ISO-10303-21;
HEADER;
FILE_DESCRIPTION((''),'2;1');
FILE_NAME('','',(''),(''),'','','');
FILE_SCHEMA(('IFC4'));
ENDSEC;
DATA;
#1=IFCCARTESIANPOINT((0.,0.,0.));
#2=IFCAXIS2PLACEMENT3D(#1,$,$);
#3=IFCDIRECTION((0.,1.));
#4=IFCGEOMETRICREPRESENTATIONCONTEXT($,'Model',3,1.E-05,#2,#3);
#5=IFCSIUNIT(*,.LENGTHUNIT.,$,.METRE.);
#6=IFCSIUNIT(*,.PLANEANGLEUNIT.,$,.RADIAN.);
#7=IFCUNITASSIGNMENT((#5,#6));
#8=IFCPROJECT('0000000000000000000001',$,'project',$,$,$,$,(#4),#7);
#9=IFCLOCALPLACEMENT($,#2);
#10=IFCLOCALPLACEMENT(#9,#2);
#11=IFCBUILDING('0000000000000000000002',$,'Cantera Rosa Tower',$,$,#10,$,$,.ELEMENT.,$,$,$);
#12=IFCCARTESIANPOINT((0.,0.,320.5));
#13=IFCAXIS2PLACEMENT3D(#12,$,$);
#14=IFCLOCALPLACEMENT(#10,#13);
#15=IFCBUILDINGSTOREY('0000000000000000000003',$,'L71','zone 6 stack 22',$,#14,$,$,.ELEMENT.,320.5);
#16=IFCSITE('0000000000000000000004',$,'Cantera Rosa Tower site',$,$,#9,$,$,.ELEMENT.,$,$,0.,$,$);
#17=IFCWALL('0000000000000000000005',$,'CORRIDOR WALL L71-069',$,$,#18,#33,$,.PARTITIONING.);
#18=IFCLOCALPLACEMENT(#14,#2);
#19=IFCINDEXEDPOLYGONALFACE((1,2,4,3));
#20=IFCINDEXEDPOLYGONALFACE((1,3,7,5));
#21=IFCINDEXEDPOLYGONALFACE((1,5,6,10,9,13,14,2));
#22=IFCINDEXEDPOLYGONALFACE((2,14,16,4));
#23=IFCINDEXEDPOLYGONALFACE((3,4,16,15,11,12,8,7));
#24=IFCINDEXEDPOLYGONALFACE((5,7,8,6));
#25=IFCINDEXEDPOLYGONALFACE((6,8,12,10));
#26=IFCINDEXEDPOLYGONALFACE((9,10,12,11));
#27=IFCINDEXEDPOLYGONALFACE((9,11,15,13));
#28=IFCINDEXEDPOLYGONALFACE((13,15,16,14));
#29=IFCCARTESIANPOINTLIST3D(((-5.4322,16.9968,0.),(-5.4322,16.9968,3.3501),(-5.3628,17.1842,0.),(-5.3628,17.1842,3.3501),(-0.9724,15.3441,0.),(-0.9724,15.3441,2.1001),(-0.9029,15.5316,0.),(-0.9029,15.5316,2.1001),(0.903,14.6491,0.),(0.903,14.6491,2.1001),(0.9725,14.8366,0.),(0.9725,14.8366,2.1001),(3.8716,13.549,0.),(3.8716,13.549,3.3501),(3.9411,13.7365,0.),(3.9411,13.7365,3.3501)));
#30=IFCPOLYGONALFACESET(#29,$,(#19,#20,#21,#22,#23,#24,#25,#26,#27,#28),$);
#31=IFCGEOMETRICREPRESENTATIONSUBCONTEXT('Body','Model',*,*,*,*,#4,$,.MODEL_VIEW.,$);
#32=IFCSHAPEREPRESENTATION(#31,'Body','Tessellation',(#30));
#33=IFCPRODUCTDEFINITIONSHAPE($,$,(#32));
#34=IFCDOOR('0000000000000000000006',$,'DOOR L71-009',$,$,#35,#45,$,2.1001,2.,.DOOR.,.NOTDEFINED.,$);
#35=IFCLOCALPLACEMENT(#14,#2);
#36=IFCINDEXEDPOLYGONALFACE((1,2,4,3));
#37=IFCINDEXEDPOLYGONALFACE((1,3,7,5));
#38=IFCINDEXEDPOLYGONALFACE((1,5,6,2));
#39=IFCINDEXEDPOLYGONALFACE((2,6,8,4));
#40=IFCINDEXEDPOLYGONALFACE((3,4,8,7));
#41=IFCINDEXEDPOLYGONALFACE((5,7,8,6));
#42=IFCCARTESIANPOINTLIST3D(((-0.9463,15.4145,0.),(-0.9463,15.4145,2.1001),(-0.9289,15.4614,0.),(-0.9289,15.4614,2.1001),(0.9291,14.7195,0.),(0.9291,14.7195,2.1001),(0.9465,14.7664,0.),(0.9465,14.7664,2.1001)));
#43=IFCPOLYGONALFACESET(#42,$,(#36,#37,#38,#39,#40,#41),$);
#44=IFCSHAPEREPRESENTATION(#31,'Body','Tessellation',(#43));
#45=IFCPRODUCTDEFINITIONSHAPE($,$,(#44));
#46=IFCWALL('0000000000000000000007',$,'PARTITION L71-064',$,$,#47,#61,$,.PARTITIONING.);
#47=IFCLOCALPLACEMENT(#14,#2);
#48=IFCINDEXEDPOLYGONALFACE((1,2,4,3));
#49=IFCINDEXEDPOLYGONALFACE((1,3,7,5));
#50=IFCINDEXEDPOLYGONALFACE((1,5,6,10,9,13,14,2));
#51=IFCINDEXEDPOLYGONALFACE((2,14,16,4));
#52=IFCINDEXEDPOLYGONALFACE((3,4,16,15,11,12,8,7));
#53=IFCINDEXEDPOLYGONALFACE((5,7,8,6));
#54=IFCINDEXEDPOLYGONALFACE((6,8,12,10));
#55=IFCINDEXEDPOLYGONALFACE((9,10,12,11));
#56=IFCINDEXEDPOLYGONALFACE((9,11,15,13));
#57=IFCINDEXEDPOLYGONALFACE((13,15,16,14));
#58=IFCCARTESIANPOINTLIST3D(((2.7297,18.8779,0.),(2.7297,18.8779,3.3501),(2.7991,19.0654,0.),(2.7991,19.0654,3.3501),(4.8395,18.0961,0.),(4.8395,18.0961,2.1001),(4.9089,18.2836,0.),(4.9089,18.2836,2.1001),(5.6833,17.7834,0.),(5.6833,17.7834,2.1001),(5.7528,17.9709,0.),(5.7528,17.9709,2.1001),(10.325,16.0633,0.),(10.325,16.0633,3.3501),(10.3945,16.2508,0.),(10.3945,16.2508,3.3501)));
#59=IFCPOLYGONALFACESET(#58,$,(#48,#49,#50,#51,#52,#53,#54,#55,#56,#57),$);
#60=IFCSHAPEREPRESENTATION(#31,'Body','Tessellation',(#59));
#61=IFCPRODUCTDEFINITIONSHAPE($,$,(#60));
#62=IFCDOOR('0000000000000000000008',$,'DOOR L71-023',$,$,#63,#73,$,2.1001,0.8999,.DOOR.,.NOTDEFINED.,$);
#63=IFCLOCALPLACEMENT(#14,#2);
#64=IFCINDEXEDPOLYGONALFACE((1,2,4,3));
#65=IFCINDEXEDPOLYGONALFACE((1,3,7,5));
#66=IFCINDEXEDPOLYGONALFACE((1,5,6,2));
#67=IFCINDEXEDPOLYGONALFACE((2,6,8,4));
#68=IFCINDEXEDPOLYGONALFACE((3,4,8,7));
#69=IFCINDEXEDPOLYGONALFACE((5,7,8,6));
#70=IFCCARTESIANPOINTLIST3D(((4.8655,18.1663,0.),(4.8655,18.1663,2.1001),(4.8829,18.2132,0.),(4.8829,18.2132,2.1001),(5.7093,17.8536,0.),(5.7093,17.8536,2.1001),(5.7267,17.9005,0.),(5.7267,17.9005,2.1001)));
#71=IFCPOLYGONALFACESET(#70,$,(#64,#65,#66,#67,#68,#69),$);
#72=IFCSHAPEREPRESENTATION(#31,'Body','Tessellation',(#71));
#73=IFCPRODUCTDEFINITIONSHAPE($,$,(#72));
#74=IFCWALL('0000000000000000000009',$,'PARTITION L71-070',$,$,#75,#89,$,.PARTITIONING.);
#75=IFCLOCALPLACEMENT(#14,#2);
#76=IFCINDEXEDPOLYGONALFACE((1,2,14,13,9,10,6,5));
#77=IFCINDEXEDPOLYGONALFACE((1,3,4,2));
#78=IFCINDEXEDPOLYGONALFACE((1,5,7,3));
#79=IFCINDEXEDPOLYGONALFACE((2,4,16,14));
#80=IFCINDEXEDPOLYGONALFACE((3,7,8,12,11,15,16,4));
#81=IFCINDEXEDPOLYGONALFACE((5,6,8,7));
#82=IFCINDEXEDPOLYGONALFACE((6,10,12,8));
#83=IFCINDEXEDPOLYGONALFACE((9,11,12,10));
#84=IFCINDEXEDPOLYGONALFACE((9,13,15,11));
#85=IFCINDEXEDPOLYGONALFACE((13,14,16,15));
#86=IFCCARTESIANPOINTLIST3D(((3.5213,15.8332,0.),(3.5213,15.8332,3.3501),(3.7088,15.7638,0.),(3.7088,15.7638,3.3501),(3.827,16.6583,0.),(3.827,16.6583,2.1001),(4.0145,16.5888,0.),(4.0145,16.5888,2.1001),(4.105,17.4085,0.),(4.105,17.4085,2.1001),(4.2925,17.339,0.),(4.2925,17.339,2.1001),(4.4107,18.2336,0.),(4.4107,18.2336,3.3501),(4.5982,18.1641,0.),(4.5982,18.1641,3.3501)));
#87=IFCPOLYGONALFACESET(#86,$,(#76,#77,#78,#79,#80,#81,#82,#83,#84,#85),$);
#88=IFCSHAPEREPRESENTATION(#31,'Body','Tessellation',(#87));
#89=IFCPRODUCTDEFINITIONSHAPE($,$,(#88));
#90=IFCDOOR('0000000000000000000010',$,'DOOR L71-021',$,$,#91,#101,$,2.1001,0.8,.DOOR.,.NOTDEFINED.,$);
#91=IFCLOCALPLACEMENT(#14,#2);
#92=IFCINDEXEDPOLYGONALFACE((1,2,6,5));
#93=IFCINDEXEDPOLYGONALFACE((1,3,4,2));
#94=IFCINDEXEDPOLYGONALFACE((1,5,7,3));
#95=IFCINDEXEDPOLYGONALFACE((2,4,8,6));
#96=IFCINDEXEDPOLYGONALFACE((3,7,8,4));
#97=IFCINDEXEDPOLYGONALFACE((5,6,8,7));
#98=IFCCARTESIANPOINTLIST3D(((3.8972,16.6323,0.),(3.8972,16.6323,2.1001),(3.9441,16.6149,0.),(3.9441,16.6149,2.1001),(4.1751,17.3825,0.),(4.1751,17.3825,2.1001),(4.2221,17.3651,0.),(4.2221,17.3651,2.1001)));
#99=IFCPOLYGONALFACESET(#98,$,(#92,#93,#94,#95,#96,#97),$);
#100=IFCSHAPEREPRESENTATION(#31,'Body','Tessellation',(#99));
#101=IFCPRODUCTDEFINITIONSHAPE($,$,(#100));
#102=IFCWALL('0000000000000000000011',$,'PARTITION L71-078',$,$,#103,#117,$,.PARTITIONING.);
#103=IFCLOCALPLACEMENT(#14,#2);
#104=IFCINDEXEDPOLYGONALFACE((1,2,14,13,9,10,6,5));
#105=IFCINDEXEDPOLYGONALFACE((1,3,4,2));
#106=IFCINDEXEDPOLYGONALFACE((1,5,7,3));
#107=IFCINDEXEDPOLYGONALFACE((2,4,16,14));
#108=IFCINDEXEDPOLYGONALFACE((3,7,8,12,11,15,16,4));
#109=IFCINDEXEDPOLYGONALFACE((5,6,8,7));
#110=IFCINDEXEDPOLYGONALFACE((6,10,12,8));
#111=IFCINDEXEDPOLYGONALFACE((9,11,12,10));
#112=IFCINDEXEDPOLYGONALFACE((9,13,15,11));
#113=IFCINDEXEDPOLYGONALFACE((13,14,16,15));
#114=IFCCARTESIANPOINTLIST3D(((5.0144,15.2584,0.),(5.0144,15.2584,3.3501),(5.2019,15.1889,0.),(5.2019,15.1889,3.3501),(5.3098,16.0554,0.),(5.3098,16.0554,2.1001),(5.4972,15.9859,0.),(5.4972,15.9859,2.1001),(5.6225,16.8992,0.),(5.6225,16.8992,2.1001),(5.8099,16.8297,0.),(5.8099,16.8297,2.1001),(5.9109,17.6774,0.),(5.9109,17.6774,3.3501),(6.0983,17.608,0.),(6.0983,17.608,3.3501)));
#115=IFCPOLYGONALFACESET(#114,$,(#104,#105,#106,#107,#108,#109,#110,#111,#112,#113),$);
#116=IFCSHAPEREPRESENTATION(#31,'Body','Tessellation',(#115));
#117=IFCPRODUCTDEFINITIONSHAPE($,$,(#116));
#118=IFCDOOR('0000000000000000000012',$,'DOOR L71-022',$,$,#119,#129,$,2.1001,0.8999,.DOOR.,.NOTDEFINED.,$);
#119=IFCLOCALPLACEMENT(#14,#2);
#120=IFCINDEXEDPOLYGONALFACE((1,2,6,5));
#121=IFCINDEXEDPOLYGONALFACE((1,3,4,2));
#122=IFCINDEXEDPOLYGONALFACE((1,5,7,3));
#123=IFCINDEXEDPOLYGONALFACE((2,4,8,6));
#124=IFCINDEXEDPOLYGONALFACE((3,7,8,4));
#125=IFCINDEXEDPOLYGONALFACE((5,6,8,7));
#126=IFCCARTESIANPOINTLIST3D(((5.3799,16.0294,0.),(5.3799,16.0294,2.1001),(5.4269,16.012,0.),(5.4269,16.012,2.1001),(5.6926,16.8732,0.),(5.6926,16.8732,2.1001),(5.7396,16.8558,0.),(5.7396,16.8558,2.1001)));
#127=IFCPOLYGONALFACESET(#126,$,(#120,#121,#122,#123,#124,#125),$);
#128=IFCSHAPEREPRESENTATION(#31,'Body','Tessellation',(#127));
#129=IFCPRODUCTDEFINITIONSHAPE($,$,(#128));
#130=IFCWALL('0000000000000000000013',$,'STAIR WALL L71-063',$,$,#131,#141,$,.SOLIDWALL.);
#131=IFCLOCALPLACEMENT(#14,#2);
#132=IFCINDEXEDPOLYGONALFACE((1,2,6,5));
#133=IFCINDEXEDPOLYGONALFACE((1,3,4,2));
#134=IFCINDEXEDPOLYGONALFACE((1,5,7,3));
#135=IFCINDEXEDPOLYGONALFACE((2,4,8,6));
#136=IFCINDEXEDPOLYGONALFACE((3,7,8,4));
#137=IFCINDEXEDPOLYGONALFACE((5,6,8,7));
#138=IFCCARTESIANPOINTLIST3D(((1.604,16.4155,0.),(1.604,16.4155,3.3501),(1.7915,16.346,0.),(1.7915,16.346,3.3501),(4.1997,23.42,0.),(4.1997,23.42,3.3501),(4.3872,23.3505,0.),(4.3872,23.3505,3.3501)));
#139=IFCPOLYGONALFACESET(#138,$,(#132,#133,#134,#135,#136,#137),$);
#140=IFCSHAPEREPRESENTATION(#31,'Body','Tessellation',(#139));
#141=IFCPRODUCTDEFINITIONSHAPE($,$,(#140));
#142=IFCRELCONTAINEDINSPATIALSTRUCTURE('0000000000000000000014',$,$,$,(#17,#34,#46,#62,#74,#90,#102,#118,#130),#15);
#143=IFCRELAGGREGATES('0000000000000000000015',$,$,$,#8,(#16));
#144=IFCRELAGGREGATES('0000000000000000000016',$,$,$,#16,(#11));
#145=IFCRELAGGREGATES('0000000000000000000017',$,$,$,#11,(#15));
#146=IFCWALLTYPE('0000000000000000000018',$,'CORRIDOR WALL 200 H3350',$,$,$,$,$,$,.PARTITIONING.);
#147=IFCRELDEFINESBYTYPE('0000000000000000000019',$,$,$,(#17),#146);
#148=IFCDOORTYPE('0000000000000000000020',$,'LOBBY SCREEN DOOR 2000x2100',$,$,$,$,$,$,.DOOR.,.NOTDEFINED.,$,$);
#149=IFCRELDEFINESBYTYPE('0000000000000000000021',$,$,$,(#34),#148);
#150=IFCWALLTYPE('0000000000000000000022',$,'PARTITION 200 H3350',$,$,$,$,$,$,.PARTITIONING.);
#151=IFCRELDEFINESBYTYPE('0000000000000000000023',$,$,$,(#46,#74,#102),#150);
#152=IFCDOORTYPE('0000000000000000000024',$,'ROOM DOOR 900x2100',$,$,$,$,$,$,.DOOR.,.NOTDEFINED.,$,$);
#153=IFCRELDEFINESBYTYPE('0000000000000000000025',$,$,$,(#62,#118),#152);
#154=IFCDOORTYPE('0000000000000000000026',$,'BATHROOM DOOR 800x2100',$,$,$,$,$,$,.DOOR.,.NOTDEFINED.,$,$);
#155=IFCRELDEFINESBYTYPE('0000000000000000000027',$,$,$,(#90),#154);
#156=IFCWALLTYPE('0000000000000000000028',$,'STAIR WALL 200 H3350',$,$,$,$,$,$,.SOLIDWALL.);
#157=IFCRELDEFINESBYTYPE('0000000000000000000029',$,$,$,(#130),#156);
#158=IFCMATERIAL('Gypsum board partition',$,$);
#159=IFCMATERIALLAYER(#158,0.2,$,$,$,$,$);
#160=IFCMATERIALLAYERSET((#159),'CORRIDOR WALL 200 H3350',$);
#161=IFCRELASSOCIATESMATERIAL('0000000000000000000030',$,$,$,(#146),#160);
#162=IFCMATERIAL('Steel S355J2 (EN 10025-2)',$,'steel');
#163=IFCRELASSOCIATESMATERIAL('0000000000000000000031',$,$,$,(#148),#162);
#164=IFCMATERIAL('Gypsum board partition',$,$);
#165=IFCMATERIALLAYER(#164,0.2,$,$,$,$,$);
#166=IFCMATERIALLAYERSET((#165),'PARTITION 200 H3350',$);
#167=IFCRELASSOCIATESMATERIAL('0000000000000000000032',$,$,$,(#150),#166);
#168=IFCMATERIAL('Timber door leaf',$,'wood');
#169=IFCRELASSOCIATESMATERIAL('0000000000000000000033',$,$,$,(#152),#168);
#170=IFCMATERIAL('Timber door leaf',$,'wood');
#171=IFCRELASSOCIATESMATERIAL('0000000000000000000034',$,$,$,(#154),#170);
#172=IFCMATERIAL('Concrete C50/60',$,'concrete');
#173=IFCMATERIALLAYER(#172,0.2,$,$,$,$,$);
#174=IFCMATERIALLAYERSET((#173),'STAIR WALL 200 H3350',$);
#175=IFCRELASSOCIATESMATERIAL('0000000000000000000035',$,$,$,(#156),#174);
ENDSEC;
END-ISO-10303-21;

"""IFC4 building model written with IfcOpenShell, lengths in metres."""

from ifc_helpers import new_model, si_unit, direction, frame, frame_2d, origin, place, context, subcontext, project, spatial, rectangle, extrude, material, layer, layer_set, type_object, element, fill, save


model = new_model("IFC4")

# Units and contexts
model_context = context("Model", 3, precision=1e-05, world=origin(), true_north=direction((0.0, 1.0)))
body_context = subcontext(model_context, "Body", "Model", "MODEL_VIEW")
ifc_project = project(units=[si_unit("LENGTHUNIT", "METRE"), si_unit("PLANEANGLEUNIT", "RADIAN")], contexts=[model_context])

# Site, building, storey
site_placement = place(None, origin())
site = spatial("IfcSite", under=ifc_project, at=site_placement, Name="Cantera Rosa Tower site", CompositionType="ELEMENT", RefElevation=0.0)
building_placement = place(site_placement, origin())
building = spatial("IfcBuilding", under=site, at=building_placement, Name="Cantera Rosa Tower", CompositionType="ELEMENT")
storey_placement = place(building_placement, frame((0.0, 0.0, 320.5)))
storey = spatial("IfcBuildingStorey", under=building, at=storey_placement, Name="L71", Description="zone 6 stack 22", CompositionType="ELEMENT", Elevation=320.5)

# Walls, openings, doors
ifc_material_1 = material(Name="Gypsum board partition")
ifc_layer_1 = layer(ifc_material_1, 0.2)
ifc_layer_set_1 = layer_set([ifc_layer_1], Name="CORRIDOR WALL 200 H3350")
wall_type_1 = type_object("IfcWallType", Name="CORRIDOR WALL 200 H3350", PredefinedType="PARTITIONING", material=ifc_layer_set_1)
wall_1_placement = place(storey_placement, frame((3.9062, 13.6428, 0.0), z_axis=(0.0, 0.0, 1.0), x_axis=(-0.937688, 0.347478, 0.0)))
wall_1 = element("IfcWall", 1, at=wall_1_placement, inside=storey, type_object=wall_type_1, Name="CORRIDOR WALL L71-069", PredefinedType="PARTITIONING", context=body_context, shape_type="SweptSolid", body=[
    extrude(rectangle(XDim=9.9221, YDim=0.2, at=frame_2d((4.9609, 0.0))), origin(), (0.0, 0.0, 1.0), 3.3501),
])
opening_1_placement = place(wall_1_placement, frame((3.1658, 0.0, 0.0)))
opening_1 = element("IfcOpeningElement", 2, at=opening_1_placement, cuts=wall_1, PredefinedType="OPENING", context=body_context, shape_type="SweptSolid", body=[
    extrude(rectangle(XDim=2.0, YDim=2.1001, at=frame_2d((1.0, 1.05))), frame((0.0, 0.1099, 0.0), z_axis=(0.0, -1.0, 0.0), x_axis=(1.0, 0.0, 0.0)), (0.0, 0.0, 1.0), 0.22),
])
ifc_material_2 = material(Name="Steel S355J2 (EN 10025-2)", Category="steel")
door_type_1 = type_object("IfcDoorType", Name="LOBBY SCREEN DOOR 2000x2100", OperationType="NOTDEFINED", PredefinedType="DOOR", material=ifc_material_2)
door_1_placement = place(opening_1_placement, origin())
door_1 = element("IfcDoor", 3, at=door_1_placement, inside=storey, type_object=door_type_1, Name="DOOR L71-009", OperationType="NOTDEFINED", OverallHeight=2.1001, OverallWidth=2.0, PredefinedType="DOOR", context=body_context, shape_type="SweptSolid", body=[
    extrude(rectangle(XDim=2.0, YDim=2.1001, at=frame_2d((1.0, 1.05))), frame((0.0, 0.0249, 0.0), z_axis=(0.0, -1.0, 0.0), x_axis=(1.0, 0.0, 0.0)), (0.0, 0.0, 1.0), 0.05),
])
fill(opening_1, door_1)
ifc_material_3 = material(Name="Gypsum board partition")
ifc_layer_2 = layer(ifc_material_3, 0.2)
ifc_layer_set_2 = layer_set([ifc_layer_2], Name="PARTITION 200 H3350")
wall_type_2 = type_object("IfcWallType", Name="PARTITION 200 H3350", PredefinedType="PARTITIONING", material=ifc_layer_set_2)
wall_2_placement = place(storey_placement, frame((2.7644, 18.9717, 0.0), z_axis=(0.0, 0.0, 1.0), x_axis=(0.937686, -0.347484, 0.0)))
wall_2 = element("IfcWall", 4, at=wall_2_placement, inside=storey, type_object=wall_type_2, Name="PARTITION L71-064", PredefinedType="PARTITIONING", context=body_context, shape_type="SweptSolid", body=[
    extrude(rectangle(XDim=8.1001, YDim=0.2, at=frame_2d((4.05, 0.0))), origin(), (0.0, 0.0, 1.0), 3.3501),
])
opening_2_placement = place(wall_2_placement, frame((2.25, 0.0, 0.0)))
opening_2 = element("IfcOpeningElement", 5, at=opening_2_placement, cuts=wall_2, PredefinedType="OPENING", context=body_context, shape_type="SweptSolid", body=[
    extrude(rectangle(XDim=0.8999, YDim=2.1001, at=frame_2d((0.45, 1.05))), frame((0.0, 0.1099, 0.0), z_axis=(0.0, -1.0, 0.0), x_axis=(1.0, 0.0, 0.0)), (0.0, 0.0, 1.0), 0.22),
])
ifc_material_4 = material(Name="Timber door leaf", Category="wood")
door_type_2 = type_object("IfcDoorType", Name="ROOM DOOR 900x2100", OperationType="NOTDEFINED", PredefinedType="DOOR", material=ifc_material_4)
door_2_placement = place(opening_2_placement, origin())
door_2 = element("IfcDoor", 6, at=door_2_placement, inside=storey, type_object=door_type_2, Name="DOOR L71-023", OperationType="NOTDEFINED", OverallHeight=2.1001, OverallWidth=0.8999, PredefinedType="DOOR", context=body_context, shape_type="SweptSolid", body=[
    extrude(rectangle(XDim=0.8999, YDim=2.1001, at=frame_2d((0.45, 1.05))), frame((0.0, 0.0249, 0.0), z_axis=(0.0, -1.0, 0.0), x_axis=(1.0, 0.0, 0.0)), (0.0, 0.0, 1.0), 0.05),
])
fill(opening_2, door_2)
wall_3_placement = place(storey_placement, frame((4.5044, 18.1987, 0.0), z_axis=(0.0, 0.0, 1.0), x_axis=(-0.347442, -0.937702, 0.0)))
wall_3 = element("IfcWall", 7, at=wall_3_placement, inside=storey, type_object=wall_type_2, Name="PARTITION L71-070", PredefinedType="PARTITIONING", context=body_context, shape_type="SweptSolid", body=[
    extrude(rectangle(XDim=2.5598, YDim=0.2, at=frame_2d((1.2798, 0.0))), origin(), (0.0, 0.0, 1.0), 3.3501),
])
opening_3_placement = place(wall_3_placement, frame((0.8799, 0.0, 0.0)))
opening_3 = element("IfcOpeningElement", 8, at=opening_3_placement, cuts=wall_3, PredefinedType="OPENING", context=body_context, shape_type="SweptSolid", body=[
    extrude(rectangle(XDim=0.8, YDim=2.1001, at=frame_2d((0.3999, 1.05))), frame((0.0, 0.1099, 0.0), z_axis=(0.0, -1.0, 0.0), x_axis=(1.0, 0.0, 0.0)), (0.0, 0.0, 1.0), 0.22),
])
ifc_material_5 = material(Name="Timber door leaf", Category="wood")
door_type_3 = type_object("IfcDoorType", Name="BATHROOM DOOR 800x2100", OperationType="NOTDEFINED", PredefinedType="DOOR", material=ifc_material_5)
door_3_placement = place(opening_3_placement, origin())
door_3 = element("IfcDoor", 9, at=door_3_placement, inside=storey, type_object=door_type_3, Name="DOOR L71-021", OperationType="NOTDEFINED", OverallHeight=2.1001, OverallWidth=0.8, PredefinedType="DOOR", context=body_context, shape_type="SweptSolid", body=[
    extrude(rectangle(XDim=0.8, YDim=2.1001, at=frame_2d((0.3999, 1.05))), frame((0.0, 0.0249, 0.0), z_axis=(0.0, -1.0, 0.0), x_axis=(1.0, 0.0, 0.0)), (0.0, 0.0, 1.0), 0.05),
])
fill(opening_3, door_3)
wall_4_placement = place(storey_placement, frame((6.0046, 17.6428, 0.0), z_axis=(0.0, 0.0, 1.0), x_axis=(-0.347481, -0.937687, 0.0)))
wall_4 = element("IfcWall", 10, at=wall_4_placement, inside=storey, type_object=wall_type_2, Name="PARTITION L71-078", PredefinedType="PARTITIONING", context=body_context, shape_type="SweptSolid", body=[
    extrude(rectangle(XDim=2.5798, YDim=0.2, at=frame_2d((1.29, 0.0))), origin(), (0.0, 0.0, 1.0), 3.3501),
])
opening_4_placement = place(wall_4_placement, frame((0.8301, 0.0, 0.0)))
opening_4 = element("IfcOpeningElement", 11, at=opening_4_placement, cuts=wall_4, PredefinedType="OPENING", context=body_context, shape_type="SweptSolid", body=[
    extrude(rectangle(XDim=0.8999, YDim=2.1001, at=frame_2d((0.45, 1.05))), frame((0.0, 0.1099, 0.0), z_axis=(0.0, -1.0, 0.0), x_axis=(1.0, 0.0, 0.0)), (0.0, 0.0, 1.0), 0.22),
])
door_4_placement = place(opening_4_placement, origin())
door_4 = element("IfcDoor", 12, at=door_4_placement, inside=storey, type_object=door_type_2, Name="DOOR L71-022", OperationType="NOTDEFINED", OverallHeight=2.1001, OverallWidth=0.8999, PredefinedType="DOOR", context=body_context, shape_type="SweptSolid", body=[
    extrude(rectangle(XDim=0.8999, YDim=2.1001, at=frame_2d((0.45, 1.05))), frame((0.0, 0.0249, 0.0), z_axis=(0.0, -1.0, 0.0), x_axis=(1.0, 0.0, 0.0)), (0.0, 0.0, 1.0), 0.05),
])
fill(opening_4, door_4)

# Wall
ifc_material_6 = material(Name="Concrete C50/60", Category="concrete")
ifc_layer_3 = layer(ifc_material_6, 0.2)
ifc_layer_set_3 = layer_set([ifc_layer_3], Name="STAIR WALL 200 H3350")
wall_type_3 = type_object("IfcWallType", Name="STAIR WALL 200 H3350", PredefinedType="SOLIDWALL", material=ifc_layer_set_3)
wall_5_placement = place(storey_placement, frame((1.6978, 16.3809, 0.0), z_axis=(0.0, 0.0, 1.0), x_axis=(0.347489, 0.937684, 0.0)))
element("IfcWall", 13, at=wall_5_placement, inside=storey, type_object=wall_type_3, Name="STAIR WALL L71-063", PredefinedType="SOLIDWALL", context=body_context, shape_type="SweptSolid", body=[
    extrude(rectangle(XDim=7.47, YDim=0.2, at=frame_2d((3.7349, 0.0))), origin(), (0.0, 0.0, 1.0), 3.3501),
])

save(model, "model.ifc")
